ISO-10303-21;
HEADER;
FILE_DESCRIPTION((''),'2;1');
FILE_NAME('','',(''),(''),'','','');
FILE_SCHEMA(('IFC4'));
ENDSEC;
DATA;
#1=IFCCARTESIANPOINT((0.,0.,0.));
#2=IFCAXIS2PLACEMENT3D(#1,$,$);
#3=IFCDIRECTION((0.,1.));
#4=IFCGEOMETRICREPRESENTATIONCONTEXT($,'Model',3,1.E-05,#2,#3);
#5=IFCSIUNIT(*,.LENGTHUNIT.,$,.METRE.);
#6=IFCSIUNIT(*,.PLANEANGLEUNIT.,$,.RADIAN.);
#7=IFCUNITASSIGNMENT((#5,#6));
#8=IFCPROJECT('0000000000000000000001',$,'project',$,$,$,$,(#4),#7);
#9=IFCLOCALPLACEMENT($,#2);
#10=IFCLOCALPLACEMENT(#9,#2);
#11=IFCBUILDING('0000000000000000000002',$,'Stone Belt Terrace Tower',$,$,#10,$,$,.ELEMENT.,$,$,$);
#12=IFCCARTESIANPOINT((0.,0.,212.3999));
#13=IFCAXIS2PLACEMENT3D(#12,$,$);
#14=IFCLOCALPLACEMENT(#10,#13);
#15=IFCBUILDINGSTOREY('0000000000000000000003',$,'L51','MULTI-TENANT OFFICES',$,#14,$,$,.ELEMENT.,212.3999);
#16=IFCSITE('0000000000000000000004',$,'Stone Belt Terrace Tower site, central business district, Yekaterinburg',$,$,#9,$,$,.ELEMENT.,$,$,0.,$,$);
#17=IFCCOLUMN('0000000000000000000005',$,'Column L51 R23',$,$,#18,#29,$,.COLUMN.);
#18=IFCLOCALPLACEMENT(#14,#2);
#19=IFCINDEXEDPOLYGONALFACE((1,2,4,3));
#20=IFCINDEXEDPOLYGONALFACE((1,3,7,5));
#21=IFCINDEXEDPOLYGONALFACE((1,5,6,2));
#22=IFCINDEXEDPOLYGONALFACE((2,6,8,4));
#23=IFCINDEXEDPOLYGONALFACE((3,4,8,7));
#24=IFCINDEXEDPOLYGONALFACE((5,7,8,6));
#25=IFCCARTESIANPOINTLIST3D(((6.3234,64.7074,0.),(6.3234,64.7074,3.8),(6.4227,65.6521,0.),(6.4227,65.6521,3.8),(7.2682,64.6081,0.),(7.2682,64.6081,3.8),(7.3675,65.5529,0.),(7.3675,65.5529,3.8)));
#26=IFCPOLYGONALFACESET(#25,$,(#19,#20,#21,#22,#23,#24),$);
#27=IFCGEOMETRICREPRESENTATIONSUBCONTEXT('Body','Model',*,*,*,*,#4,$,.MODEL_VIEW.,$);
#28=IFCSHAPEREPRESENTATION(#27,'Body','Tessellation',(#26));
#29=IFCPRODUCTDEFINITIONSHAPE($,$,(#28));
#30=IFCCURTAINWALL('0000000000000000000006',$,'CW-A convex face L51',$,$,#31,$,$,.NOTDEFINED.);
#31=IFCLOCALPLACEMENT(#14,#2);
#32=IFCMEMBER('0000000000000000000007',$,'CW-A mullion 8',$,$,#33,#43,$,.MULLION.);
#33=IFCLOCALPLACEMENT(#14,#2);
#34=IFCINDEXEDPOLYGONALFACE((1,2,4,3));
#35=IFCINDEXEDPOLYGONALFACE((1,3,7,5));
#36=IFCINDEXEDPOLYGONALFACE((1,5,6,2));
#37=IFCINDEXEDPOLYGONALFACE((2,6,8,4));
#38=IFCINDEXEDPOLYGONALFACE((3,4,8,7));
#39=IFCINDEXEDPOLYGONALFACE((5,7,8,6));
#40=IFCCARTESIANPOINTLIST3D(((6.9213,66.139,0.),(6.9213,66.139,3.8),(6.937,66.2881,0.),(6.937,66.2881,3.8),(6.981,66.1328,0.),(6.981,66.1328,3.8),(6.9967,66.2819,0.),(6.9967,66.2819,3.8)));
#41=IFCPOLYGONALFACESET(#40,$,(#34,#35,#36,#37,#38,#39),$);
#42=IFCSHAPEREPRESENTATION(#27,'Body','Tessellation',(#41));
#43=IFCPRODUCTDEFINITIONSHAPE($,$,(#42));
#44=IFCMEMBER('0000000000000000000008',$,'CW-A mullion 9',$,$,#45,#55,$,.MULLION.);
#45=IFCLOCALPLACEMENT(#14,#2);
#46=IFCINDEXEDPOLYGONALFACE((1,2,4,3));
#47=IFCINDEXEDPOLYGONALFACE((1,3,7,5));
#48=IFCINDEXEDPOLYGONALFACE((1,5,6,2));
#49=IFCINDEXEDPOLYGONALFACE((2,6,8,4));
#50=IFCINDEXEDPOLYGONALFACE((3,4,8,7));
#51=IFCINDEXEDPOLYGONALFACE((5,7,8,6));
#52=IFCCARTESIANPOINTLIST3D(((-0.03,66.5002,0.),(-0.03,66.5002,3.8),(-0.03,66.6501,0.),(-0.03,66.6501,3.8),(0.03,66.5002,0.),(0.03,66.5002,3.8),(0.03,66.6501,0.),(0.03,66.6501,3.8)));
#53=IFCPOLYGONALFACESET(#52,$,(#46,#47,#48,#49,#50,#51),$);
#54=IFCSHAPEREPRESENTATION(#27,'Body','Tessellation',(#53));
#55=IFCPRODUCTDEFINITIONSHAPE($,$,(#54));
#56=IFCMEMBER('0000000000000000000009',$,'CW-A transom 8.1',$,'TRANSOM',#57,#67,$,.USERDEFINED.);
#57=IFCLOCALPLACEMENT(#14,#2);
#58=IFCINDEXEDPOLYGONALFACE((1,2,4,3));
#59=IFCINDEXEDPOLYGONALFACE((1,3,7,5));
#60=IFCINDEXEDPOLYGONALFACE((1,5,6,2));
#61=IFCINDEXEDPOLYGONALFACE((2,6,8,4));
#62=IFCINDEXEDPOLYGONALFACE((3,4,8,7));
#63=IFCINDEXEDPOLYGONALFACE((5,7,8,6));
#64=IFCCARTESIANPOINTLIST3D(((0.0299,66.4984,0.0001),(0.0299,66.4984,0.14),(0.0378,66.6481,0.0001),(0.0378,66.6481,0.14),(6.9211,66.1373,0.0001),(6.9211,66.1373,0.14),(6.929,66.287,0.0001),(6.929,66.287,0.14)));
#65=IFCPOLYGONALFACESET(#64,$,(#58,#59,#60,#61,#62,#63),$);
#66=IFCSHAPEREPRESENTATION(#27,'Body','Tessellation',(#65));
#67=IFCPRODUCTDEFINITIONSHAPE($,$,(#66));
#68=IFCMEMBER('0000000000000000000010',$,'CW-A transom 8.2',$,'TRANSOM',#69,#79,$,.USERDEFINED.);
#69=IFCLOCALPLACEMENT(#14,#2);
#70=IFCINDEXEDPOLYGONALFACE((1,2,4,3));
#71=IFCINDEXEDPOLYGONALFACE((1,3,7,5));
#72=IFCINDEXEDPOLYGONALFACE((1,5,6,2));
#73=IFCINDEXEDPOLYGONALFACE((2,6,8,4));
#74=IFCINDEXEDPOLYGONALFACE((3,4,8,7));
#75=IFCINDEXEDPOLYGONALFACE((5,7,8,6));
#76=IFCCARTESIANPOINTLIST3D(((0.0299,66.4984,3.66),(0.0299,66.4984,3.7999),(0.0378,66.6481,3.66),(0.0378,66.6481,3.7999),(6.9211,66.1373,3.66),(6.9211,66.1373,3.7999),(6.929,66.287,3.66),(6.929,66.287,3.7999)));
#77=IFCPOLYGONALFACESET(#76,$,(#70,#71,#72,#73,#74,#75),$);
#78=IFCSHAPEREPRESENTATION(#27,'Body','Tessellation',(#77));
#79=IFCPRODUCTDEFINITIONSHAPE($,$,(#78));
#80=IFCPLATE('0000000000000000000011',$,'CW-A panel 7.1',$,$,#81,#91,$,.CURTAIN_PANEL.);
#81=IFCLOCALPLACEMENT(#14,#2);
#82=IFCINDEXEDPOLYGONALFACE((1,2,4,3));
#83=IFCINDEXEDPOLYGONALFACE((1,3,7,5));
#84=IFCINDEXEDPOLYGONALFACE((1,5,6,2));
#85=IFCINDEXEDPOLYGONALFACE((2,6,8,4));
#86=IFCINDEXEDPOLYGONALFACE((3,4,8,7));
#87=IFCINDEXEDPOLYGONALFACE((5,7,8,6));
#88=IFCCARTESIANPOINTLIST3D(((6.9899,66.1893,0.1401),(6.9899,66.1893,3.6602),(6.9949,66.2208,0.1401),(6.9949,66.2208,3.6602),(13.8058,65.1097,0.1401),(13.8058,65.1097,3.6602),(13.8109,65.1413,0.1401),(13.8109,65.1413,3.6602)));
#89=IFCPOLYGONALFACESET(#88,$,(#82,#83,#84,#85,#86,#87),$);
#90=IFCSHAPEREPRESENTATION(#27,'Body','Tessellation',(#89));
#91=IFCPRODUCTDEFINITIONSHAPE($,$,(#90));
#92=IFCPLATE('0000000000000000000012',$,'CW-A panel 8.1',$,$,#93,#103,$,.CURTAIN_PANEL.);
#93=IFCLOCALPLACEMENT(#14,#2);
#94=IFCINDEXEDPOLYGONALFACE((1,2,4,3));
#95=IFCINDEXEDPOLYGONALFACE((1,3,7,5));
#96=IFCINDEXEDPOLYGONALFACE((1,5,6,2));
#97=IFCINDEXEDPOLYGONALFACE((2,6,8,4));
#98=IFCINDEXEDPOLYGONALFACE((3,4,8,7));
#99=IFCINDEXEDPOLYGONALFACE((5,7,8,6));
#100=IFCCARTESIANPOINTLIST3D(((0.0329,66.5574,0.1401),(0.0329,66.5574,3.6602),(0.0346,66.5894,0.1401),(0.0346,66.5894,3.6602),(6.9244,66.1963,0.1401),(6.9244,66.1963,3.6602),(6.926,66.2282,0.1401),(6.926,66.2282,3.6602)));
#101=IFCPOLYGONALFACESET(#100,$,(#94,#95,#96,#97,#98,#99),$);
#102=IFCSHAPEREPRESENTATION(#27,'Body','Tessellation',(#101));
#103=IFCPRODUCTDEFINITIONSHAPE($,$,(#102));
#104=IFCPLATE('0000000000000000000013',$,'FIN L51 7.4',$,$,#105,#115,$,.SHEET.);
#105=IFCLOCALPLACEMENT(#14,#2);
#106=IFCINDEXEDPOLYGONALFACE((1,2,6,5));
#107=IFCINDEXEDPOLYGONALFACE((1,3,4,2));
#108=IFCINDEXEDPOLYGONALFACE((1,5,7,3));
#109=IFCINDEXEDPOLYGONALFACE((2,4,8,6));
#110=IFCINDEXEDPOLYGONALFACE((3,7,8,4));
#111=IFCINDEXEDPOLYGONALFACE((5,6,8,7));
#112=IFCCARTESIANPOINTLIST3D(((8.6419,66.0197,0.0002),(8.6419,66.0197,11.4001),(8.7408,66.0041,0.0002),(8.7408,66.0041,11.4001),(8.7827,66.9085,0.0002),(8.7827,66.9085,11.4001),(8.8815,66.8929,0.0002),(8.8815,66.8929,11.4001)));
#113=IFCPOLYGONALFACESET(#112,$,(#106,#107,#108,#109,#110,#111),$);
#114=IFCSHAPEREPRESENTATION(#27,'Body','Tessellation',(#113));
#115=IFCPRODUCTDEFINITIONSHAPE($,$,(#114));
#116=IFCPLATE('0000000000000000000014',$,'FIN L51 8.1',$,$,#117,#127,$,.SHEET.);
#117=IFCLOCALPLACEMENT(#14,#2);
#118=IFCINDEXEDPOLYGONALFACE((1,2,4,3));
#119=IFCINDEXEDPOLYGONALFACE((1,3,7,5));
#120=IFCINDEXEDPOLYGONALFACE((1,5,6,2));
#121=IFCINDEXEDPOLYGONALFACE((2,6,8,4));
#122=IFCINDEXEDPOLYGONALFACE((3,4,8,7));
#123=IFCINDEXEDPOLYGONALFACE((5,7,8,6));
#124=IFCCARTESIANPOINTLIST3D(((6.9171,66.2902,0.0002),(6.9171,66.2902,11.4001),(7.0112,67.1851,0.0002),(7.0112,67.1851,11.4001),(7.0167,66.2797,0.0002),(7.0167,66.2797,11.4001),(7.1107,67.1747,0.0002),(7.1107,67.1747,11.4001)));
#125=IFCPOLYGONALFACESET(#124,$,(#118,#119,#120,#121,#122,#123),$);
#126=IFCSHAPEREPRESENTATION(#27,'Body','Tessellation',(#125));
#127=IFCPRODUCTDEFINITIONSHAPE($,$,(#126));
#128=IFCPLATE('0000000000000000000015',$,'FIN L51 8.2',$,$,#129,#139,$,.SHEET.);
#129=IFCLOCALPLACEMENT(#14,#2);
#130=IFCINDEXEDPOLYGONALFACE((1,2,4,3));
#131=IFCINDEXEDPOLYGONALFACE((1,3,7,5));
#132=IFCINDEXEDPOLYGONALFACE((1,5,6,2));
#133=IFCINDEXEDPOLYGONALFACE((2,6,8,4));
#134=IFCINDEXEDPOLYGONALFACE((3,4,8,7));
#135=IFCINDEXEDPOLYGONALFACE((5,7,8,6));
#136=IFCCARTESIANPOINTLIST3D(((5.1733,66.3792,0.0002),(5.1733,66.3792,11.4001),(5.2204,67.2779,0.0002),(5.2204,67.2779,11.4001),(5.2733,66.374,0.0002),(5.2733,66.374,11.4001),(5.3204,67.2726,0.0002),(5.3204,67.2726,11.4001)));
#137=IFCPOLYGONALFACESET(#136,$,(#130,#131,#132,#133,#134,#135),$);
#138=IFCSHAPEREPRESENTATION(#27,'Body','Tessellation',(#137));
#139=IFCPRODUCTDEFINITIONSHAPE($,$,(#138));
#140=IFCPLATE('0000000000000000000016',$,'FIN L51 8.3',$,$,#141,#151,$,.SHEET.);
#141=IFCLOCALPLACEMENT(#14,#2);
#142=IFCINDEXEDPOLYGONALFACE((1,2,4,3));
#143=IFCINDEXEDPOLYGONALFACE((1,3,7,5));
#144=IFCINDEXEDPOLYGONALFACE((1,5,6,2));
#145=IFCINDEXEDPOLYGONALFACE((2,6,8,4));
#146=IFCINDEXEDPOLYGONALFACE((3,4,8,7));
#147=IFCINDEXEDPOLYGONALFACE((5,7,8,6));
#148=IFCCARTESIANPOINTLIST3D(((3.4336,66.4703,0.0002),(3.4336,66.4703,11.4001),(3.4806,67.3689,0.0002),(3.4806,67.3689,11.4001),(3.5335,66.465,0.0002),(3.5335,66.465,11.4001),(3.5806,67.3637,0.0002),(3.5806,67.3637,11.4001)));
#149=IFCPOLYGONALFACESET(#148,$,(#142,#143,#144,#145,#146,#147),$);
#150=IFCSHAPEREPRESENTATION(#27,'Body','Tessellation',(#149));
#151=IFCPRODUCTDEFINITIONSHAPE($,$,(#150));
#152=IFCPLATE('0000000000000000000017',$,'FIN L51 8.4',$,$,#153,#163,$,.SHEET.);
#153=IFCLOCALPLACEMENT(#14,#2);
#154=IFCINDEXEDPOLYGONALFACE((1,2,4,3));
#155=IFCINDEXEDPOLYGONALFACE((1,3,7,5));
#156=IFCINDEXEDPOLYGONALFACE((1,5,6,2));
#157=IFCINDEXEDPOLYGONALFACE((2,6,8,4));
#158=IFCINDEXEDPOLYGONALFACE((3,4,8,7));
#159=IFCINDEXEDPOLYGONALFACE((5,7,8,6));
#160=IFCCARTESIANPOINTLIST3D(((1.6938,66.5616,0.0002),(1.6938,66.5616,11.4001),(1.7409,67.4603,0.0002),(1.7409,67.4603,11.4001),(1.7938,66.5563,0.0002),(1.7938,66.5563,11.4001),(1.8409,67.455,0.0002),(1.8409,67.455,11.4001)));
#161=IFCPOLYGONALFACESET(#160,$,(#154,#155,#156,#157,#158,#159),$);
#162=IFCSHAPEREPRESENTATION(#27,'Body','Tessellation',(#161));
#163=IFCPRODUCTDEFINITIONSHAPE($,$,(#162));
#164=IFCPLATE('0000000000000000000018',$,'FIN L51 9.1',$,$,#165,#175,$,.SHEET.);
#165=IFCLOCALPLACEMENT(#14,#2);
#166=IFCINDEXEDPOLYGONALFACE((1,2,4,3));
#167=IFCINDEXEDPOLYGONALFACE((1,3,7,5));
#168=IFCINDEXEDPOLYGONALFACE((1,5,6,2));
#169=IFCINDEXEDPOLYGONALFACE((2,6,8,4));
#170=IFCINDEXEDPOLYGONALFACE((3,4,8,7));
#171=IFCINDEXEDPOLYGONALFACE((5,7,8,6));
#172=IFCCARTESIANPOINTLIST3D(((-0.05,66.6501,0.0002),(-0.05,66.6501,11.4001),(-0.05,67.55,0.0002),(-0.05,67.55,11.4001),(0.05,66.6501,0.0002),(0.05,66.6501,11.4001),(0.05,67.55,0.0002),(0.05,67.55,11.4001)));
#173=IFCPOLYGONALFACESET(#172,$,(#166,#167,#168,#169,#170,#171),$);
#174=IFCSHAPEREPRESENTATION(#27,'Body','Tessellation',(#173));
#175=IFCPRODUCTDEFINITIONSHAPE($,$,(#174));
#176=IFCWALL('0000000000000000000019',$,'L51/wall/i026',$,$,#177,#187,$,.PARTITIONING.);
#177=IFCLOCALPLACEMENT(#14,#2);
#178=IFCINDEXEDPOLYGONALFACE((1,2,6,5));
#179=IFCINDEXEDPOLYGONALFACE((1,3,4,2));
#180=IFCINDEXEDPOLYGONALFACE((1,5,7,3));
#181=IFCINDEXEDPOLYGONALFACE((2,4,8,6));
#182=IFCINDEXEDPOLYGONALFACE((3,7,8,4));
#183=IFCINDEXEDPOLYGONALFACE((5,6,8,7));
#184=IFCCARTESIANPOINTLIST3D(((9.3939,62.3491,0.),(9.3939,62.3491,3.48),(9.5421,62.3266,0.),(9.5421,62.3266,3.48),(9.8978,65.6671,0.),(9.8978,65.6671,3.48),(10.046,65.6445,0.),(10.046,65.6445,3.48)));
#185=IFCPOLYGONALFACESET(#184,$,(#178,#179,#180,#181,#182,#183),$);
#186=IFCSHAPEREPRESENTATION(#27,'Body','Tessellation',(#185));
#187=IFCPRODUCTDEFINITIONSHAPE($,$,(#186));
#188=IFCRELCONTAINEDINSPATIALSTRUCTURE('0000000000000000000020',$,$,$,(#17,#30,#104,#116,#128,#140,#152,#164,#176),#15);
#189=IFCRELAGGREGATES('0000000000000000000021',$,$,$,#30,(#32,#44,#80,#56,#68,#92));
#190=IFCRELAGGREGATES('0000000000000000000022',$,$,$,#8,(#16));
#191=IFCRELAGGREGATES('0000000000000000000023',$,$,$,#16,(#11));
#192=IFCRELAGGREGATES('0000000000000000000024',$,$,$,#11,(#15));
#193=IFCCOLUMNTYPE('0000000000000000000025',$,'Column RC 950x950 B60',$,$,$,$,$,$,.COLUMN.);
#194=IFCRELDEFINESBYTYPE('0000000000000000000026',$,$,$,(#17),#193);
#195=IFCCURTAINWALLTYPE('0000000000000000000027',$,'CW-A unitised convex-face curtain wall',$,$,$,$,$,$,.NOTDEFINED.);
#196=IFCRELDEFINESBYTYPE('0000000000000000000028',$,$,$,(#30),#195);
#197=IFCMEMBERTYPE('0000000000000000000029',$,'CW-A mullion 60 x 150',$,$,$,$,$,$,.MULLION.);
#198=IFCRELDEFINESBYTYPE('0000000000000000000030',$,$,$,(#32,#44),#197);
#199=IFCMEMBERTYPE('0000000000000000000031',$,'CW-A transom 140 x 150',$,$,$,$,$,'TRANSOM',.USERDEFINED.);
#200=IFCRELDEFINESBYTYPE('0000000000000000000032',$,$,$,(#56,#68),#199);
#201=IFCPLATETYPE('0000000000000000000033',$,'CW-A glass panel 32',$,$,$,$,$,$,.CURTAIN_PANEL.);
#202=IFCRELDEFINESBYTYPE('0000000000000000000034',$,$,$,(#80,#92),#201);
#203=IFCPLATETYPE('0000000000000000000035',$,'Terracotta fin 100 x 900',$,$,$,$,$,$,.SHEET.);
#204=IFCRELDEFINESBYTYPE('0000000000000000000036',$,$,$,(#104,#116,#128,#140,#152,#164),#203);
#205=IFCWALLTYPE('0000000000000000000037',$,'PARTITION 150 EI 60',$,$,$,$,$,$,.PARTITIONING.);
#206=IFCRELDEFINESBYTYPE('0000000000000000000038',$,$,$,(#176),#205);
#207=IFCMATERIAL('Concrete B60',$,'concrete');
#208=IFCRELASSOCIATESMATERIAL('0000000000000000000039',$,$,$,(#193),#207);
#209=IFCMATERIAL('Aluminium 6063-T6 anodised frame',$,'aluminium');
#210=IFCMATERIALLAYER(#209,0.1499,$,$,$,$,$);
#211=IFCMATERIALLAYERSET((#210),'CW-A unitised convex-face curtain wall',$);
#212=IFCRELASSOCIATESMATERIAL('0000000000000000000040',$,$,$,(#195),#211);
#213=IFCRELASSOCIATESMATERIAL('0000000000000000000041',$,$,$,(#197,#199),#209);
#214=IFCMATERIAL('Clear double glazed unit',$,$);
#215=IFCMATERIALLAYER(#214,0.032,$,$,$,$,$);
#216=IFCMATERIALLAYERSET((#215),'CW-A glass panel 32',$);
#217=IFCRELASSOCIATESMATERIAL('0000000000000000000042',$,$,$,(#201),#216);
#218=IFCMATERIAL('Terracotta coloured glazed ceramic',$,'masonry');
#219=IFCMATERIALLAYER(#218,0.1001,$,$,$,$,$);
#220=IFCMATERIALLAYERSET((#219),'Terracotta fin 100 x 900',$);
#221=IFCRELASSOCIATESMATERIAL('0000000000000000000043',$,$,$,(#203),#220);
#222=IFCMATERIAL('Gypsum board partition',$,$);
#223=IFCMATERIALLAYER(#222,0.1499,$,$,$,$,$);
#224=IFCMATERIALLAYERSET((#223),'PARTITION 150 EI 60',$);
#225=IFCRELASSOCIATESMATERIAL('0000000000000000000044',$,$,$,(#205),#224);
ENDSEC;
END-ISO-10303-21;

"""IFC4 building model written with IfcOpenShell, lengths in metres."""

from ifc_helpers import new_model, si_unit, direction, frame, frame_2d, origin, origin_2d, place, context, subcontext, project, spatial, rectangle, extrude, material, layer, layer_set, material_profile, profile_set, type_object, element, aggregate, save


model = new_model("IFC4")

# Units and contexts
model_context = context("Model", 3, precision=1e-05, world=origin(), true_north=direction((0.0, 1.0)))
body_context = subcontext(model_context, "Body", "Model", "MODEL_VIEW")
ifc_project = project(units=[si_unit("LENGTHUNIT", "METRE"), si_unit("PLANEANGLEUNIT", "RADIAN")], contexts=[model_context])

# Site, building, storey
site_placement = place(None, origin())
site = spatial("IfcSite", under=ifc_project, at=site_placement, Name="Stone Belt Terrace Tower site, central business district, Yekaterinburg", CompositionType="ELEMENT", RefElevation=0.0)
building_placement = place(site_placement, origin())
building = spatial("IfcBuilding", under=site, at=building_placement, Name="Stone Belt Terrace Tower", CompositionType="ELEMENT")
storey_placement = place(building_placement, frame((0.0, 0.0, 212.3999)))
storey = spatial("IfcBuildingStorey", under=building, at=storey_placement, Name="L51", Description="MULTI-TENANT OFFICES", CompositionType="ELEMENT", Elevation=212.3999)

# Column
ifc_material_1 = material(Name="Concrete B60", Category="concrete")
ifc_material_profile_1 = material_profile(ifc_material_1, rectangle(XDim=0.95, YDim=0.95, at=origin_2d()), Name="RC 950x950")
ifc_profile_set_1 = profile_set([ifc_material_profile_1], Name="Concrete B60")
column_type = type_object("IfcColumnType", Name="Column RC 950x950 B60", PredefinedType="COLUMN", material=ifc_profile_set_1)
column_placement = place(storey_placement, frame((6.8455, 65.1301, 0.0), z_axis=(0.0, 0.0, 1.0), x_axis=(0.994522, -0.104528, 0.0)))
element("IfcColumn", 1, at=column_placement, inside=storey, type_object=column_type, Name="Column L51 R23", PredefinedType="COLUMN", context=body_context, shape_type="SweptSolid", body=[
    extrude(rectangle(XDim=0.95, YDim=0.95, at=origin_2d()), origin(), (0.0, 0.0, 1.0), 3.8),
])

# Curtain wall, members, plates
ifc_material_2 = material(Name="Aluminium 6063-T6 anodised frame", Category="aluminium")
ifc_layer_1 = layer(ifc_material_2, 0.1499)
ifc_layer_set_1 = layer_set([ifc_layer_1], Name="CW-A unitised convex-face curtain wall")
curtain_wall_type = type_object("IfcCurtainWallType", Name="CW-A unitised convex-face curtain wall", PredefinedType="NOTDEFINED", material=ifc_layer_set_1)
curtain_wall_placement = place(storey_placement, origin())
curtain_wall = element("IfcCurtainWall", 2, at=curtain_wall_placement, inside=storey, type_object=curtain_wall_type, Name="CW-A convex face L51", PredefinedType="NOTDEFINED")
ifc_material_profile_2 = material_profile(ifc_material_2, rectangle(XDim=0.1499, YDim=0.0601, at=origin_2d()), Name="Aluminium 6063-T6 60x150")
ifc_profile_set_2 = profile_set([ifc_material_profile_2], Name="Aluminium 6063-T6 anodised frame")
member_type_1 = type_object("IfcMemberType", Name="CW-A mullion 60 x 150", PredefinedType="MULLION", material=ifc_profile_set_2)
member_1_placement = place(storey_placement, frame((6.959, 66.2104, 0.0), z_axis=(0.0, 0.0, 1.0), x_axis=(-0.104528, -0.994522, 0.0)))
member_1 = element("IfcMember", 3, at=member_1_placement, type_object=member_type_1, Name="CW-A mullion 8", PredefinedType="MULLION", context=body_context, shape_type="SweptSolid", body=[
    extrude(rectangle(XDim=0.1499, YDim=0.0601, at=origin_2d()), origin(), (0.0, 0.0, 1.0), 3.8),
])
member_2_placement = place(storey_placement, frame((0.0, 66.5752, 0.0), z_axis=(0.0, 0.0, 1.0), x_axis=(0.0, -1.0, 0.0)))
member_2 = element("IfcMember", 4, at=member_2_placement, type_object=member_type_1, Name="CW-A mullion 9", PredefinedType="MULLION", context=body_context, shape_type="SweptSolid", body=[
    extrude(rectangle(XDim=0.1499, YDim=0.0601, at=origin_2d()), origin(), (0.0, 0.0, 1.0), 3.8),
])
ifc_material_profile_3 = material_profile(ifc_material_2, rectangle(XDim=0.1499, YDim=0.1399, at=origin_2d()), Name="Aluminium 6063-T6 150x140")
ifc_profile_set_3 = profile_set([ifc_material_profile_3], Name="Aluminium 6063-T6 anodised frame")
member_type_2 = type_object("IfcMemberType", Name="CW-A transom 140 x 150", ElementType="TRANSOM", PredefinedType="USERDEFINED", material=ifc_profile_set_3)
member_3_placement = place(storey_placement, frame((6.925, 66.2122, 0.0701), z_axis=(-0.99863, 0.052327, 0.0), x_axis=(-0.052327, -0.99863, 0.0)))
member_3 = element("IfcMember", 5, at=member_3_placement, type_object=member_type_2, Name="CW-A transom 8.1", ObjectType="TRANSOM", PredefinedType="USERDEFINED", context=body_context, shape_type="SweptSolid", body=[
    extrude(rectangle(XDim=0.1499, YDim=0.1399, at=origin_2d()), origin(), (0.0, 0.0, 1.0), 6.9006),
])
member_4_placement = place(storey_placement, frame((6.925, 66.2122, 3.73), z_axis=(-0.99863, 0.052327, 0.0), x_axis=(-0.052327, -0.99863, 0.0)))
member_4 = element("IfcMember", 6, at=member_4_placement, type_object=member_type_2, Name="CW-A transom 8.2", ObjectType="TRANSOM", PredefinedType="USERDEFINED", context=body_context, shape_type="SweptSolid", body=[
    extrude(rectangle(XDim=0.1499, YDim=0.1399, at=origin_2d()), origin(), (0.0, 0.0, 1.0), 6.9006),
])
ifc_material_3 = material(Name="Clear double glazed unit")
ifc_layer_2 = layer(ifc_material_3, 0.032)
ifc_layer_set_2 = layer_set([ifc_layer_2], Name="CW-A glass panel 32")
plate_type_1 = type_object("IfcPlateType", Name="CW-A glass panel 32", PredefinedType="CURTAIN_PANEL", material=ifc_layer_set_2)
plate_1_placement = place(storey_placement, frame((10.4004, 65.6653, 0.1401), z_axis=(0.0, 0.0, 1.0), x_axis=(-0.987688, 0.156434, 0.0)))
plate_1 = element("IfcPlate", 7, at=plate_1_placement, type_object=plate_type_1, Name="CW-A panel 7.1", PredefinedType="CURTAIN_PANEL", context=body_context, shape_type="SweptSolid", body=[
    extrude(rectangle(XDim=6.9009, YDim=0.032, at=origin_2d()), origin(), (0.0, 0.0, 1.0), 3.52),
])
plate_2_placement = place(storey_placement, frame((3.4795, 66.3928, 0.1401), z_axis=(0.0, 0.0, 1.0), x_axis=(-0.99863, 0.052336, 0.0)))
plate_2 = element("IfcPlate", 8, at=plate_2_placement, type_object=plate_type_1, Name="CW-A panel 8.1", PredefinedType="CURTAIN_PANEL", context=body_context, shape_type="SweptSolid", body=[
    extrude(rectangle(XDim=6.9009, YDim=0.032, at=origin_2d()), origin(), (0.0, 0.0, 1.0), 3.52),
])
aggregate(curtain_wall, [member_1, member_2, plate_1, member_3, member_4, plate_2])

# Plates
ifc_material_4 = material(Name="Terracotta coloured glazed ceramic", Category="masonry")
ifc_layer_3 = layer(ifc_material_4, 0.1001)
ifc_layer_set_3 = layer_set([ifc_layer_3], Name="Terracotta fin 100 x 900")
plate_type_2 = type_object("IfcPlateType", Name="Terracotta fin 100 x 900", PredefinedType="SHEET", material=ifc_layer_set_3)
for number, where, z_axis, x_axis, name in (
    (9, (8.7617, 66.4563, 0.0002), (0.0, 0.0, 1.0), (0.156434, 0.987688, 0.0), "FIN L51 7.4"),
    (10, (7.0139, 66.7324, 0.0002), (0.0, 0.0, 1.0), (0.104528, 0.994522, 0.0), "FIN L51 8.1"),
    (11, (5.2468, 66.8259, 0.0002), (0.0, 0.0, 1.0), (0.052336, 0.99863, 0.0), "FIN L51 8.2"),
    (12, (3.5071, 66.917, 0.0002), (0.0, 0.0, 1.0), (0.052336, 0.99863, 0.0), "FIN L51 8.3"),
    (13, (1.7673, 67.0083, 0.0002), (0.0, 0.0, 1.0), (0.052336, 0.99863, 0.0), "FIN L51 8.4"),
    (14, (0.0, 67.1001, 0.0002), (0.0, 0.0, 1.0), (0.0, 1.0, 0.0), "FIN L51 9.1"),
):
    element("IfcPlate", number, at=place(storey_placement, frame(where, z_axis=z_axis, x_axis=x_axis)), inside=storey, type_object=plate_type_2, Name=name, PredefinedType="SHEET", context=body_context, shape_type="SweptSolid", body=[
        extrude(rectangle(XDim=0.8999, YDim=0.1001, at=origin_2d()), origin(), (0.0, 0.0, 1.0), 11.3999),
    ])

# Wall
ifc_material_5 = material(Name="Gypsum board partition")
ifc_layer_4 = layer(ifc_material_5, 0.1499)
ifc_layer_set_4 = layer_set([ifc_layer_4], Name="PARTITION 150 EI 60")
wall_type = type_object("IfcWallType", Name="PARTITION 150 EI 60", PredefinedType="PARTITIONING", material=ifc_layer_set_4)
wall_placement = place(storey_placement, frame((9.468, 62.3379, 0.0), z_axis=(0.0, 0.0, 1.0), x_axis=(0.150154, 0.988663, 0.0)))
element("IfcWall", 15, at=wall_placement, inside=storey, type_object=wall_type, Name="L51/wall/i026", PredefinedType="PARTITIONING", context=body_context, shape_type="SweptSolid", body=[
    extrude(rectangle(XDim=3.356, YDim=0.1499, at=frame_2d((1.678, 0.0))), origin(), (0.0, 0.0, 1.0), 3.48),
])

save(model, "model.ifc")
